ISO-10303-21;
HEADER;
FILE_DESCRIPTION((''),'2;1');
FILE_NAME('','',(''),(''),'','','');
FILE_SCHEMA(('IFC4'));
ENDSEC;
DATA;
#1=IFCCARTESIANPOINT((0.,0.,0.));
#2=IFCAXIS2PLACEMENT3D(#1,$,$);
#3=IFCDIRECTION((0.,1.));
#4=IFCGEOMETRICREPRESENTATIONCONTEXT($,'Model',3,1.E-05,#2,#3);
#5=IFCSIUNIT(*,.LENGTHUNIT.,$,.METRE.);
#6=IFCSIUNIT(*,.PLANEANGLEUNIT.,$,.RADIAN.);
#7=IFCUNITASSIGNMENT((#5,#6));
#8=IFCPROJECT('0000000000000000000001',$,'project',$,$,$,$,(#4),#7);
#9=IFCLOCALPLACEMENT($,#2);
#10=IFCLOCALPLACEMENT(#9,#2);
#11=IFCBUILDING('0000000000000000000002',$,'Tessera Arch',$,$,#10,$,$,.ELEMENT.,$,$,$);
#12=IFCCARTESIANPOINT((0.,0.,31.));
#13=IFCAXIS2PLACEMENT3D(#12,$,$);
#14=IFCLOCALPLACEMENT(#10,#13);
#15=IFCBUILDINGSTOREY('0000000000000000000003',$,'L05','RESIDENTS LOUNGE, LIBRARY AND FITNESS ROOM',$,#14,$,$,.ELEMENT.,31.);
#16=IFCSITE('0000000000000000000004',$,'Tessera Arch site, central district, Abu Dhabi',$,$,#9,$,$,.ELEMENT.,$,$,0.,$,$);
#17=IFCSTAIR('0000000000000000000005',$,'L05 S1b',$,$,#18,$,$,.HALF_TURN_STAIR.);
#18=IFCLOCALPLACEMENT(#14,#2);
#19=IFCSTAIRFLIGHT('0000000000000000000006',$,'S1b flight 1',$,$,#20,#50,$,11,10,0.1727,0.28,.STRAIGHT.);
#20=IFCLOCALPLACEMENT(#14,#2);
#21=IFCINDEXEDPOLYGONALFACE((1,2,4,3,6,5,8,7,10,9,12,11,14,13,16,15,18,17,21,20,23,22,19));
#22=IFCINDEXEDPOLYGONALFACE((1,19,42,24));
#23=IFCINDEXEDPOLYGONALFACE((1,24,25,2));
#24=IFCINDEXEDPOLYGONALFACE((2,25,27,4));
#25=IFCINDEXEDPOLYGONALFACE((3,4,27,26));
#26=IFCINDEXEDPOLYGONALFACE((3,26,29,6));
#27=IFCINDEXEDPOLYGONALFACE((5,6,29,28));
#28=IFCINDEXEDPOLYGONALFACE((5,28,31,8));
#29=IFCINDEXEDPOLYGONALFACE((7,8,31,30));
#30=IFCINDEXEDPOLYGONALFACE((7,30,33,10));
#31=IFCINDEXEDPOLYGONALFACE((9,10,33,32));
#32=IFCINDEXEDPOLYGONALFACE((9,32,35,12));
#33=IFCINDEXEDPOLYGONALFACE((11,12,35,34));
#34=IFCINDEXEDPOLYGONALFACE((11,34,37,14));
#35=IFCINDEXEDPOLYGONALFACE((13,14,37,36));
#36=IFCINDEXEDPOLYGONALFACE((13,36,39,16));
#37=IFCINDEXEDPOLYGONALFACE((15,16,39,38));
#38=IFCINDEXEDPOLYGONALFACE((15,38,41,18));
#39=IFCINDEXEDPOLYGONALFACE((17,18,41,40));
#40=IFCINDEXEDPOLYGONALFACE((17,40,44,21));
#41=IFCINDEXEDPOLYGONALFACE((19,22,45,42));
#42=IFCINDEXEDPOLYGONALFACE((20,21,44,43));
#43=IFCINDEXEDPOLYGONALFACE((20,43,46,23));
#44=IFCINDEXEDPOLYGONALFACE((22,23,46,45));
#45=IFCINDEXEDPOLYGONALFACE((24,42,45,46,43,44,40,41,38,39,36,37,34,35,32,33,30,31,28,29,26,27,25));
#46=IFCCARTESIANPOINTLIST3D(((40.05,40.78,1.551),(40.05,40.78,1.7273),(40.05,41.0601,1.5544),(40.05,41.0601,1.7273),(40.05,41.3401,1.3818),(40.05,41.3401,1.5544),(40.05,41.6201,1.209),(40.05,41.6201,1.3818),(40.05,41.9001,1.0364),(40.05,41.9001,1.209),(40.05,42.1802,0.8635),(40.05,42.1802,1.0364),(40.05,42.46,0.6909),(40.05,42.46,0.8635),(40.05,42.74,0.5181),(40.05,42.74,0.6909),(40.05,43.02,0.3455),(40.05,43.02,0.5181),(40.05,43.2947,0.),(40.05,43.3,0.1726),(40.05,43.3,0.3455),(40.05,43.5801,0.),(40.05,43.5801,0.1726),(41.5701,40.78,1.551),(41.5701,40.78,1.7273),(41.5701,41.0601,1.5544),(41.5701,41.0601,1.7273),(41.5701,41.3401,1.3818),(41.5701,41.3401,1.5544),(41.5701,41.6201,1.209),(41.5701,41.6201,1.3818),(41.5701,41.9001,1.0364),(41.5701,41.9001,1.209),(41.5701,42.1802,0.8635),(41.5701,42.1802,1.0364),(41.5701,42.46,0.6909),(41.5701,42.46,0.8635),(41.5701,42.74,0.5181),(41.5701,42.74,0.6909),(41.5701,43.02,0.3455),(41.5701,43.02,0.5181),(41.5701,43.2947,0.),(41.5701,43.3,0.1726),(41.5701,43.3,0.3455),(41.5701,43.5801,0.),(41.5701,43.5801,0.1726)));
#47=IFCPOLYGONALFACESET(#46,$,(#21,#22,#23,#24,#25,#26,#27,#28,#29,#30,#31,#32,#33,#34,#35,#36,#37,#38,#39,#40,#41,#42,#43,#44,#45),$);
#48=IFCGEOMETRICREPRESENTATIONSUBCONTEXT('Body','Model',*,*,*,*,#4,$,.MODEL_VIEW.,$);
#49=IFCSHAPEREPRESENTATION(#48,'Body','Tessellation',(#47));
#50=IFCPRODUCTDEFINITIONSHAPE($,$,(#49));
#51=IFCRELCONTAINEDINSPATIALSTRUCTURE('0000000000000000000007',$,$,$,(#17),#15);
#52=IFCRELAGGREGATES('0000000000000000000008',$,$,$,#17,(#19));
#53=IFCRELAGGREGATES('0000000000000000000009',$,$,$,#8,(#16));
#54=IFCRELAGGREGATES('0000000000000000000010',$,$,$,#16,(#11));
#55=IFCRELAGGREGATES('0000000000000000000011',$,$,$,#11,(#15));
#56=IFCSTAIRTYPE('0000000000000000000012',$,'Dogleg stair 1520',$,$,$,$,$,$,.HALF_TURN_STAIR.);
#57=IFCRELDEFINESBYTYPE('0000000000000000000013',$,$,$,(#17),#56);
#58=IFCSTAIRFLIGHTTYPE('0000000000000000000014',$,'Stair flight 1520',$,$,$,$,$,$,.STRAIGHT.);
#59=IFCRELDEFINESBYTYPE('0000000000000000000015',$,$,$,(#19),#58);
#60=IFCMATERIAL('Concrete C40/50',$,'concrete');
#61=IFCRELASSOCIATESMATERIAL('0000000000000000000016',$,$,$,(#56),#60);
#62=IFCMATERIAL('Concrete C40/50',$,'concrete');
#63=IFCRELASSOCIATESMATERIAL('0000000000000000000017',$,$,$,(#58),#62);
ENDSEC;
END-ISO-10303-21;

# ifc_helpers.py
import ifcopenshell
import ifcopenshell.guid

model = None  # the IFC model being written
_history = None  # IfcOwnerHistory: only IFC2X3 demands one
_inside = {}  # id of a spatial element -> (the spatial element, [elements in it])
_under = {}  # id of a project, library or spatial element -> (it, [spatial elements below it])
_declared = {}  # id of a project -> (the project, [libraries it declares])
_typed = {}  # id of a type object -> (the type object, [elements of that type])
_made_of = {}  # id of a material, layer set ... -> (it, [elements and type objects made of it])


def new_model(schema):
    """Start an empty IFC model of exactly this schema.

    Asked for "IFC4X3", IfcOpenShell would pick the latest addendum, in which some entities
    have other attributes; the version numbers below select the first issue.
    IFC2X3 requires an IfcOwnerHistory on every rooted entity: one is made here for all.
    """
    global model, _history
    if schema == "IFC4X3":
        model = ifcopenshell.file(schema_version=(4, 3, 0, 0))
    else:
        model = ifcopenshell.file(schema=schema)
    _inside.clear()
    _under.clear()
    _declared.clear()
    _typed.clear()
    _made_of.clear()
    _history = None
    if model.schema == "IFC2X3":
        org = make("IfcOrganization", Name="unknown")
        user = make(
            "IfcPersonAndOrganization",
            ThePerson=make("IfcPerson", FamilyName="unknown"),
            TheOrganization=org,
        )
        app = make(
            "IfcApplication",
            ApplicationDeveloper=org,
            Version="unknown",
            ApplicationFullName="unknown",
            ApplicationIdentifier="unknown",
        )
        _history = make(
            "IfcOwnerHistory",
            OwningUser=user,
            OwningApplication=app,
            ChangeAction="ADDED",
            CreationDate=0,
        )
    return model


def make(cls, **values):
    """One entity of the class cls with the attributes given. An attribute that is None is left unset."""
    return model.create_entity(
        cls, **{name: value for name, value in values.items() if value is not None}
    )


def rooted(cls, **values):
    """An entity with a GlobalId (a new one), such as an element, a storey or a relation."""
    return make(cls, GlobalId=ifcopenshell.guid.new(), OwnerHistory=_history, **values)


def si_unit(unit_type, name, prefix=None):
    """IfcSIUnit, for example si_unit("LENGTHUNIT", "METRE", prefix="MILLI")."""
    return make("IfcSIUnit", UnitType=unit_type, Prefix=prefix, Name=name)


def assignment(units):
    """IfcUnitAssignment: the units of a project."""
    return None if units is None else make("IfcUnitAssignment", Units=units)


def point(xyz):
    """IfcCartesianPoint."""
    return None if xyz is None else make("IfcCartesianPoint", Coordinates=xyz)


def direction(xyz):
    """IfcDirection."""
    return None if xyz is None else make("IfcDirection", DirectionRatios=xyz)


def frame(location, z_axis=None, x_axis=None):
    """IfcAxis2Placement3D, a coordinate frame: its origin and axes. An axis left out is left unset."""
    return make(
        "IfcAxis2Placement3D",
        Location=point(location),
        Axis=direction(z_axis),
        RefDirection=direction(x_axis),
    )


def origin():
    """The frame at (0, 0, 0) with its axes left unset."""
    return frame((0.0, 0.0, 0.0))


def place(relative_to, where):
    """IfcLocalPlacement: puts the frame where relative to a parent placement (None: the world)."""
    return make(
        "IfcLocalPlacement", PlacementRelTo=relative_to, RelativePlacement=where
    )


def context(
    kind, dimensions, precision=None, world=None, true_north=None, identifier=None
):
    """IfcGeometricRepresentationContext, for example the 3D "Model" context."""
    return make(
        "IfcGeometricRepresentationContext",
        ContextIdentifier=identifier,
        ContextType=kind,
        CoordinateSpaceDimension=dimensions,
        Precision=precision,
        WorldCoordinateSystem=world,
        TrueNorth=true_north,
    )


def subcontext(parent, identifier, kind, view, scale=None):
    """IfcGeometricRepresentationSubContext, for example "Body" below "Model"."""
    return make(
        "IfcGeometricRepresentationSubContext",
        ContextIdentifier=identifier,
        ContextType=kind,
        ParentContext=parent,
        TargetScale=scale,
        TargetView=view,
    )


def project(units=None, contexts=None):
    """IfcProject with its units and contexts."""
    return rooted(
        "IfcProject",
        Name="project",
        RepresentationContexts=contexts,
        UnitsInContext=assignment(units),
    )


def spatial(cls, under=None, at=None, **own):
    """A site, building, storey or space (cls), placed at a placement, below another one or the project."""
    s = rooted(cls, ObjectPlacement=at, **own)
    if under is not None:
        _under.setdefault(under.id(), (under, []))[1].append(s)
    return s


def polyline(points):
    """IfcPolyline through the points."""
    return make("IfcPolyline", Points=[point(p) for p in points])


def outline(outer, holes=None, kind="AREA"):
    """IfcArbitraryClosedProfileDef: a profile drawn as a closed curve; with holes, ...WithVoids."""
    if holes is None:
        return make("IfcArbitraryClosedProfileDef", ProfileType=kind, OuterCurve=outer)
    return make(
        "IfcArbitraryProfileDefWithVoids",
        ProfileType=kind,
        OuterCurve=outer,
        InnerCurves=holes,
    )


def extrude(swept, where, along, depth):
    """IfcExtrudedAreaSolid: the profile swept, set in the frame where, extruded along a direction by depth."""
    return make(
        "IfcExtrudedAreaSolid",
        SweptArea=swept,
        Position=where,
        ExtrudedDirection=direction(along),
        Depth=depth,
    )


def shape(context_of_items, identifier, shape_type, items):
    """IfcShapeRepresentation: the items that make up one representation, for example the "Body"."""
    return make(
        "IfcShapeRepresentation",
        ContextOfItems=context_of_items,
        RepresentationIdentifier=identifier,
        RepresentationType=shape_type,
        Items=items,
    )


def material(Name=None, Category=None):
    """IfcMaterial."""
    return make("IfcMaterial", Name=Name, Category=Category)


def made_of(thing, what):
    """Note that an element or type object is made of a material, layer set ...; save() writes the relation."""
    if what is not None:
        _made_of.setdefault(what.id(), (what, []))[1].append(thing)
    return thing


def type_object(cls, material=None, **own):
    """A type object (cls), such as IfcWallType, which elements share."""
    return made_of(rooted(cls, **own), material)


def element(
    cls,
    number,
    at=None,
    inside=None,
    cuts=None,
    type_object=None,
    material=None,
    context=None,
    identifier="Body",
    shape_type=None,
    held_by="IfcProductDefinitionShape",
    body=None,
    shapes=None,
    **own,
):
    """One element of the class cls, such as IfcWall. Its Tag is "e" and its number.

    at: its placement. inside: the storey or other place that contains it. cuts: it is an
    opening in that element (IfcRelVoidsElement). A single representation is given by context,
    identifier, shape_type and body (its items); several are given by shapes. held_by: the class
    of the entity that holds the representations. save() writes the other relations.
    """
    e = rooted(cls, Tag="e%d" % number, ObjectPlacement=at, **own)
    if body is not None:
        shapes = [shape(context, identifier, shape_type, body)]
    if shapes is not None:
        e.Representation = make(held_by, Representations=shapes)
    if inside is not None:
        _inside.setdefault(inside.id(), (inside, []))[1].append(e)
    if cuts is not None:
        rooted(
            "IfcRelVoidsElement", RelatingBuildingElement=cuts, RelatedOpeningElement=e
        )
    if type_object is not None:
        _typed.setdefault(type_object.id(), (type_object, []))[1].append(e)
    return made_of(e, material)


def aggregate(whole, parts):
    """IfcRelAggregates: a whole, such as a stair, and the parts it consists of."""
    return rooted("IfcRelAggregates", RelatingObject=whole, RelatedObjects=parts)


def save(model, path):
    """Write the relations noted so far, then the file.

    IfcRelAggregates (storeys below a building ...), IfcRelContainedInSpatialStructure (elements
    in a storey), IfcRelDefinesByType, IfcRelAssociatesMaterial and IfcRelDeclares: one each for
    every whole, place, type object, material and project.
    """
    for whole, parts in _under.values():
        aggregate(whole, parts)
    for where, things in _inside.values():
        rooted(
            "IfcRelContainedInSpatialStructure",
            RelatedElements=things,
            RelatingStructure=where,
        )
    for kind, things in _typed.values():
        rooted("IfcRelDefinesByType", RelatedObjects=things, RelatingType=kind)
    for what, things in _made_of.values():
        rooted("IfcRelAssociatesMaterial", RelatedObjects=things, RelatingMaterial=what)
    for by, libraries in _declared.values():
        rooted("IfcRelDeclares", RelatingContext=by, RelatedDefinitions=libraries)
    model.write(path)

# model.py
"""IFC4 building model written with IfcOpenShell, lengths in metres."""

from ifc_helpers import new_model, si_unit, direction, frame, origin, place, context, subcontext, project, spatial, polyline, outline, extrude, material, type_object, element, aggregate, save


model = new_model("IFC4")

# Units and contexts
model_context = context("Model", 3, precision=1e-05, world=origin(), true_north=direction((0.0, 1.0)))
body_context = subcontext(model_context, "Body", "Model", "MODEL_VIEW")
ifc_project = project(units=[si_unit("LENGTHUNIT", "METRE"), si_unit("PLANEANGLEUNIT", "RADIAN")], contexts=[model_context])

# Site, building, storey
site_placement = place(None, origin())
site = spatial("IfcSite", under=ifc_project, at=site_placement, Name="Tessera Arch site, central district, Abu Dhabi", CompositionType="ELEMENT", RefElevation=0.0)
building_placement = place(site_placement, origin())
building = spatial("IfcBuilding", under=site, at=building_placement, Name="Tessera Arch", CompositionType="ELEMENT")
storey_placement = place(building_placement, frame((0.0, 0.0, 31.0)))
storey = spatial("IfcBuildingStorey", under=building, at=storey_placement, Name="L05", Description="RESIDENTS LOUNGE, LIBRARY AND FITNESS ROOM", CompositionType="ELEMENT", Elevation=31.0)

# Shared definitions
ifc_material_1 = material(Name="Concrete C40/50", Category="concrete")
stair_type = type_object("IfcStairType", Name="Dogleg stair 1520", PredefinedType="HALF_TURN_STAIR", material=ifc_material_1)
ifc_material_2 = material(Name="Concrete C40/50", Category="concrete")
stair_flight_type = type_object("IfcStairFlightType", Name="Stair flight 1520", PredefinedType="STRAIGHT", material=ifc_material_2)

# Stair, stair flight
stair_1_placement = place(storey_placement, origin())
stair_1 = element("IfcStair", 1, at=stair_1_placement, inside=storey, type_object=stair_type, Name="L05 S1b", PredefinedType="HALF_TURN_STAIR")
stair_flight_1_placement = place(storey_placement, frame((40.8101, 43.5801, 0.0), z_axis=(0.0, 0.0, 1.0), x_axis=(0.0, -1.0, 0.0)))
stair_flight_1 = element("IfcStairFlight", 2, at=stair_flight_1_placement, type_object=stair_flight_type, Name="S1b flight 1", NumberOfRisers=11, NumberOfTreads=10, PredefinedType="STRAIGHT", RiserHeight=0.1727, TreadLength=0.28, context=body_context, shape_type="SweptSolid", body=[
    extrude(outline(polyline([(0.0, 0.0), (0.0, 0.1726), (0.28, 0.1726), (0.28, 0.3455), (0.5601, 0.3455), (0.5601, 0.5181), (0.8401, 0.5181), (0.8401, 0.6909), (1.1201, 0.6909), (1.1201, 0.8635), (1.3999, 0.8635), (1.3999, 1.0364), (1.6799, 1.0364), (1.6799, 1.209), (1.96, 1.209), (1.96, 1.3818), (2.24, 1.3818), (2.24, 1.5544), (2.52, 1.5544), (2.52, 1.7273), (2.8, 1.7273), (2.8, 1.8999), (2.8, 1.551), (0.2854, 0.0), (0.0, 0.0)])), frame((0.0, 0.76, 0.0), z_axis=(0.0, -1.0, 0.0), x_axis=(1.0, 0.0, 0.0)), (0.0, 0.0, 1.0), 1.52),
])
aggregate(stair_1, [stair_flight_1])

save(model, "model.ifc")
